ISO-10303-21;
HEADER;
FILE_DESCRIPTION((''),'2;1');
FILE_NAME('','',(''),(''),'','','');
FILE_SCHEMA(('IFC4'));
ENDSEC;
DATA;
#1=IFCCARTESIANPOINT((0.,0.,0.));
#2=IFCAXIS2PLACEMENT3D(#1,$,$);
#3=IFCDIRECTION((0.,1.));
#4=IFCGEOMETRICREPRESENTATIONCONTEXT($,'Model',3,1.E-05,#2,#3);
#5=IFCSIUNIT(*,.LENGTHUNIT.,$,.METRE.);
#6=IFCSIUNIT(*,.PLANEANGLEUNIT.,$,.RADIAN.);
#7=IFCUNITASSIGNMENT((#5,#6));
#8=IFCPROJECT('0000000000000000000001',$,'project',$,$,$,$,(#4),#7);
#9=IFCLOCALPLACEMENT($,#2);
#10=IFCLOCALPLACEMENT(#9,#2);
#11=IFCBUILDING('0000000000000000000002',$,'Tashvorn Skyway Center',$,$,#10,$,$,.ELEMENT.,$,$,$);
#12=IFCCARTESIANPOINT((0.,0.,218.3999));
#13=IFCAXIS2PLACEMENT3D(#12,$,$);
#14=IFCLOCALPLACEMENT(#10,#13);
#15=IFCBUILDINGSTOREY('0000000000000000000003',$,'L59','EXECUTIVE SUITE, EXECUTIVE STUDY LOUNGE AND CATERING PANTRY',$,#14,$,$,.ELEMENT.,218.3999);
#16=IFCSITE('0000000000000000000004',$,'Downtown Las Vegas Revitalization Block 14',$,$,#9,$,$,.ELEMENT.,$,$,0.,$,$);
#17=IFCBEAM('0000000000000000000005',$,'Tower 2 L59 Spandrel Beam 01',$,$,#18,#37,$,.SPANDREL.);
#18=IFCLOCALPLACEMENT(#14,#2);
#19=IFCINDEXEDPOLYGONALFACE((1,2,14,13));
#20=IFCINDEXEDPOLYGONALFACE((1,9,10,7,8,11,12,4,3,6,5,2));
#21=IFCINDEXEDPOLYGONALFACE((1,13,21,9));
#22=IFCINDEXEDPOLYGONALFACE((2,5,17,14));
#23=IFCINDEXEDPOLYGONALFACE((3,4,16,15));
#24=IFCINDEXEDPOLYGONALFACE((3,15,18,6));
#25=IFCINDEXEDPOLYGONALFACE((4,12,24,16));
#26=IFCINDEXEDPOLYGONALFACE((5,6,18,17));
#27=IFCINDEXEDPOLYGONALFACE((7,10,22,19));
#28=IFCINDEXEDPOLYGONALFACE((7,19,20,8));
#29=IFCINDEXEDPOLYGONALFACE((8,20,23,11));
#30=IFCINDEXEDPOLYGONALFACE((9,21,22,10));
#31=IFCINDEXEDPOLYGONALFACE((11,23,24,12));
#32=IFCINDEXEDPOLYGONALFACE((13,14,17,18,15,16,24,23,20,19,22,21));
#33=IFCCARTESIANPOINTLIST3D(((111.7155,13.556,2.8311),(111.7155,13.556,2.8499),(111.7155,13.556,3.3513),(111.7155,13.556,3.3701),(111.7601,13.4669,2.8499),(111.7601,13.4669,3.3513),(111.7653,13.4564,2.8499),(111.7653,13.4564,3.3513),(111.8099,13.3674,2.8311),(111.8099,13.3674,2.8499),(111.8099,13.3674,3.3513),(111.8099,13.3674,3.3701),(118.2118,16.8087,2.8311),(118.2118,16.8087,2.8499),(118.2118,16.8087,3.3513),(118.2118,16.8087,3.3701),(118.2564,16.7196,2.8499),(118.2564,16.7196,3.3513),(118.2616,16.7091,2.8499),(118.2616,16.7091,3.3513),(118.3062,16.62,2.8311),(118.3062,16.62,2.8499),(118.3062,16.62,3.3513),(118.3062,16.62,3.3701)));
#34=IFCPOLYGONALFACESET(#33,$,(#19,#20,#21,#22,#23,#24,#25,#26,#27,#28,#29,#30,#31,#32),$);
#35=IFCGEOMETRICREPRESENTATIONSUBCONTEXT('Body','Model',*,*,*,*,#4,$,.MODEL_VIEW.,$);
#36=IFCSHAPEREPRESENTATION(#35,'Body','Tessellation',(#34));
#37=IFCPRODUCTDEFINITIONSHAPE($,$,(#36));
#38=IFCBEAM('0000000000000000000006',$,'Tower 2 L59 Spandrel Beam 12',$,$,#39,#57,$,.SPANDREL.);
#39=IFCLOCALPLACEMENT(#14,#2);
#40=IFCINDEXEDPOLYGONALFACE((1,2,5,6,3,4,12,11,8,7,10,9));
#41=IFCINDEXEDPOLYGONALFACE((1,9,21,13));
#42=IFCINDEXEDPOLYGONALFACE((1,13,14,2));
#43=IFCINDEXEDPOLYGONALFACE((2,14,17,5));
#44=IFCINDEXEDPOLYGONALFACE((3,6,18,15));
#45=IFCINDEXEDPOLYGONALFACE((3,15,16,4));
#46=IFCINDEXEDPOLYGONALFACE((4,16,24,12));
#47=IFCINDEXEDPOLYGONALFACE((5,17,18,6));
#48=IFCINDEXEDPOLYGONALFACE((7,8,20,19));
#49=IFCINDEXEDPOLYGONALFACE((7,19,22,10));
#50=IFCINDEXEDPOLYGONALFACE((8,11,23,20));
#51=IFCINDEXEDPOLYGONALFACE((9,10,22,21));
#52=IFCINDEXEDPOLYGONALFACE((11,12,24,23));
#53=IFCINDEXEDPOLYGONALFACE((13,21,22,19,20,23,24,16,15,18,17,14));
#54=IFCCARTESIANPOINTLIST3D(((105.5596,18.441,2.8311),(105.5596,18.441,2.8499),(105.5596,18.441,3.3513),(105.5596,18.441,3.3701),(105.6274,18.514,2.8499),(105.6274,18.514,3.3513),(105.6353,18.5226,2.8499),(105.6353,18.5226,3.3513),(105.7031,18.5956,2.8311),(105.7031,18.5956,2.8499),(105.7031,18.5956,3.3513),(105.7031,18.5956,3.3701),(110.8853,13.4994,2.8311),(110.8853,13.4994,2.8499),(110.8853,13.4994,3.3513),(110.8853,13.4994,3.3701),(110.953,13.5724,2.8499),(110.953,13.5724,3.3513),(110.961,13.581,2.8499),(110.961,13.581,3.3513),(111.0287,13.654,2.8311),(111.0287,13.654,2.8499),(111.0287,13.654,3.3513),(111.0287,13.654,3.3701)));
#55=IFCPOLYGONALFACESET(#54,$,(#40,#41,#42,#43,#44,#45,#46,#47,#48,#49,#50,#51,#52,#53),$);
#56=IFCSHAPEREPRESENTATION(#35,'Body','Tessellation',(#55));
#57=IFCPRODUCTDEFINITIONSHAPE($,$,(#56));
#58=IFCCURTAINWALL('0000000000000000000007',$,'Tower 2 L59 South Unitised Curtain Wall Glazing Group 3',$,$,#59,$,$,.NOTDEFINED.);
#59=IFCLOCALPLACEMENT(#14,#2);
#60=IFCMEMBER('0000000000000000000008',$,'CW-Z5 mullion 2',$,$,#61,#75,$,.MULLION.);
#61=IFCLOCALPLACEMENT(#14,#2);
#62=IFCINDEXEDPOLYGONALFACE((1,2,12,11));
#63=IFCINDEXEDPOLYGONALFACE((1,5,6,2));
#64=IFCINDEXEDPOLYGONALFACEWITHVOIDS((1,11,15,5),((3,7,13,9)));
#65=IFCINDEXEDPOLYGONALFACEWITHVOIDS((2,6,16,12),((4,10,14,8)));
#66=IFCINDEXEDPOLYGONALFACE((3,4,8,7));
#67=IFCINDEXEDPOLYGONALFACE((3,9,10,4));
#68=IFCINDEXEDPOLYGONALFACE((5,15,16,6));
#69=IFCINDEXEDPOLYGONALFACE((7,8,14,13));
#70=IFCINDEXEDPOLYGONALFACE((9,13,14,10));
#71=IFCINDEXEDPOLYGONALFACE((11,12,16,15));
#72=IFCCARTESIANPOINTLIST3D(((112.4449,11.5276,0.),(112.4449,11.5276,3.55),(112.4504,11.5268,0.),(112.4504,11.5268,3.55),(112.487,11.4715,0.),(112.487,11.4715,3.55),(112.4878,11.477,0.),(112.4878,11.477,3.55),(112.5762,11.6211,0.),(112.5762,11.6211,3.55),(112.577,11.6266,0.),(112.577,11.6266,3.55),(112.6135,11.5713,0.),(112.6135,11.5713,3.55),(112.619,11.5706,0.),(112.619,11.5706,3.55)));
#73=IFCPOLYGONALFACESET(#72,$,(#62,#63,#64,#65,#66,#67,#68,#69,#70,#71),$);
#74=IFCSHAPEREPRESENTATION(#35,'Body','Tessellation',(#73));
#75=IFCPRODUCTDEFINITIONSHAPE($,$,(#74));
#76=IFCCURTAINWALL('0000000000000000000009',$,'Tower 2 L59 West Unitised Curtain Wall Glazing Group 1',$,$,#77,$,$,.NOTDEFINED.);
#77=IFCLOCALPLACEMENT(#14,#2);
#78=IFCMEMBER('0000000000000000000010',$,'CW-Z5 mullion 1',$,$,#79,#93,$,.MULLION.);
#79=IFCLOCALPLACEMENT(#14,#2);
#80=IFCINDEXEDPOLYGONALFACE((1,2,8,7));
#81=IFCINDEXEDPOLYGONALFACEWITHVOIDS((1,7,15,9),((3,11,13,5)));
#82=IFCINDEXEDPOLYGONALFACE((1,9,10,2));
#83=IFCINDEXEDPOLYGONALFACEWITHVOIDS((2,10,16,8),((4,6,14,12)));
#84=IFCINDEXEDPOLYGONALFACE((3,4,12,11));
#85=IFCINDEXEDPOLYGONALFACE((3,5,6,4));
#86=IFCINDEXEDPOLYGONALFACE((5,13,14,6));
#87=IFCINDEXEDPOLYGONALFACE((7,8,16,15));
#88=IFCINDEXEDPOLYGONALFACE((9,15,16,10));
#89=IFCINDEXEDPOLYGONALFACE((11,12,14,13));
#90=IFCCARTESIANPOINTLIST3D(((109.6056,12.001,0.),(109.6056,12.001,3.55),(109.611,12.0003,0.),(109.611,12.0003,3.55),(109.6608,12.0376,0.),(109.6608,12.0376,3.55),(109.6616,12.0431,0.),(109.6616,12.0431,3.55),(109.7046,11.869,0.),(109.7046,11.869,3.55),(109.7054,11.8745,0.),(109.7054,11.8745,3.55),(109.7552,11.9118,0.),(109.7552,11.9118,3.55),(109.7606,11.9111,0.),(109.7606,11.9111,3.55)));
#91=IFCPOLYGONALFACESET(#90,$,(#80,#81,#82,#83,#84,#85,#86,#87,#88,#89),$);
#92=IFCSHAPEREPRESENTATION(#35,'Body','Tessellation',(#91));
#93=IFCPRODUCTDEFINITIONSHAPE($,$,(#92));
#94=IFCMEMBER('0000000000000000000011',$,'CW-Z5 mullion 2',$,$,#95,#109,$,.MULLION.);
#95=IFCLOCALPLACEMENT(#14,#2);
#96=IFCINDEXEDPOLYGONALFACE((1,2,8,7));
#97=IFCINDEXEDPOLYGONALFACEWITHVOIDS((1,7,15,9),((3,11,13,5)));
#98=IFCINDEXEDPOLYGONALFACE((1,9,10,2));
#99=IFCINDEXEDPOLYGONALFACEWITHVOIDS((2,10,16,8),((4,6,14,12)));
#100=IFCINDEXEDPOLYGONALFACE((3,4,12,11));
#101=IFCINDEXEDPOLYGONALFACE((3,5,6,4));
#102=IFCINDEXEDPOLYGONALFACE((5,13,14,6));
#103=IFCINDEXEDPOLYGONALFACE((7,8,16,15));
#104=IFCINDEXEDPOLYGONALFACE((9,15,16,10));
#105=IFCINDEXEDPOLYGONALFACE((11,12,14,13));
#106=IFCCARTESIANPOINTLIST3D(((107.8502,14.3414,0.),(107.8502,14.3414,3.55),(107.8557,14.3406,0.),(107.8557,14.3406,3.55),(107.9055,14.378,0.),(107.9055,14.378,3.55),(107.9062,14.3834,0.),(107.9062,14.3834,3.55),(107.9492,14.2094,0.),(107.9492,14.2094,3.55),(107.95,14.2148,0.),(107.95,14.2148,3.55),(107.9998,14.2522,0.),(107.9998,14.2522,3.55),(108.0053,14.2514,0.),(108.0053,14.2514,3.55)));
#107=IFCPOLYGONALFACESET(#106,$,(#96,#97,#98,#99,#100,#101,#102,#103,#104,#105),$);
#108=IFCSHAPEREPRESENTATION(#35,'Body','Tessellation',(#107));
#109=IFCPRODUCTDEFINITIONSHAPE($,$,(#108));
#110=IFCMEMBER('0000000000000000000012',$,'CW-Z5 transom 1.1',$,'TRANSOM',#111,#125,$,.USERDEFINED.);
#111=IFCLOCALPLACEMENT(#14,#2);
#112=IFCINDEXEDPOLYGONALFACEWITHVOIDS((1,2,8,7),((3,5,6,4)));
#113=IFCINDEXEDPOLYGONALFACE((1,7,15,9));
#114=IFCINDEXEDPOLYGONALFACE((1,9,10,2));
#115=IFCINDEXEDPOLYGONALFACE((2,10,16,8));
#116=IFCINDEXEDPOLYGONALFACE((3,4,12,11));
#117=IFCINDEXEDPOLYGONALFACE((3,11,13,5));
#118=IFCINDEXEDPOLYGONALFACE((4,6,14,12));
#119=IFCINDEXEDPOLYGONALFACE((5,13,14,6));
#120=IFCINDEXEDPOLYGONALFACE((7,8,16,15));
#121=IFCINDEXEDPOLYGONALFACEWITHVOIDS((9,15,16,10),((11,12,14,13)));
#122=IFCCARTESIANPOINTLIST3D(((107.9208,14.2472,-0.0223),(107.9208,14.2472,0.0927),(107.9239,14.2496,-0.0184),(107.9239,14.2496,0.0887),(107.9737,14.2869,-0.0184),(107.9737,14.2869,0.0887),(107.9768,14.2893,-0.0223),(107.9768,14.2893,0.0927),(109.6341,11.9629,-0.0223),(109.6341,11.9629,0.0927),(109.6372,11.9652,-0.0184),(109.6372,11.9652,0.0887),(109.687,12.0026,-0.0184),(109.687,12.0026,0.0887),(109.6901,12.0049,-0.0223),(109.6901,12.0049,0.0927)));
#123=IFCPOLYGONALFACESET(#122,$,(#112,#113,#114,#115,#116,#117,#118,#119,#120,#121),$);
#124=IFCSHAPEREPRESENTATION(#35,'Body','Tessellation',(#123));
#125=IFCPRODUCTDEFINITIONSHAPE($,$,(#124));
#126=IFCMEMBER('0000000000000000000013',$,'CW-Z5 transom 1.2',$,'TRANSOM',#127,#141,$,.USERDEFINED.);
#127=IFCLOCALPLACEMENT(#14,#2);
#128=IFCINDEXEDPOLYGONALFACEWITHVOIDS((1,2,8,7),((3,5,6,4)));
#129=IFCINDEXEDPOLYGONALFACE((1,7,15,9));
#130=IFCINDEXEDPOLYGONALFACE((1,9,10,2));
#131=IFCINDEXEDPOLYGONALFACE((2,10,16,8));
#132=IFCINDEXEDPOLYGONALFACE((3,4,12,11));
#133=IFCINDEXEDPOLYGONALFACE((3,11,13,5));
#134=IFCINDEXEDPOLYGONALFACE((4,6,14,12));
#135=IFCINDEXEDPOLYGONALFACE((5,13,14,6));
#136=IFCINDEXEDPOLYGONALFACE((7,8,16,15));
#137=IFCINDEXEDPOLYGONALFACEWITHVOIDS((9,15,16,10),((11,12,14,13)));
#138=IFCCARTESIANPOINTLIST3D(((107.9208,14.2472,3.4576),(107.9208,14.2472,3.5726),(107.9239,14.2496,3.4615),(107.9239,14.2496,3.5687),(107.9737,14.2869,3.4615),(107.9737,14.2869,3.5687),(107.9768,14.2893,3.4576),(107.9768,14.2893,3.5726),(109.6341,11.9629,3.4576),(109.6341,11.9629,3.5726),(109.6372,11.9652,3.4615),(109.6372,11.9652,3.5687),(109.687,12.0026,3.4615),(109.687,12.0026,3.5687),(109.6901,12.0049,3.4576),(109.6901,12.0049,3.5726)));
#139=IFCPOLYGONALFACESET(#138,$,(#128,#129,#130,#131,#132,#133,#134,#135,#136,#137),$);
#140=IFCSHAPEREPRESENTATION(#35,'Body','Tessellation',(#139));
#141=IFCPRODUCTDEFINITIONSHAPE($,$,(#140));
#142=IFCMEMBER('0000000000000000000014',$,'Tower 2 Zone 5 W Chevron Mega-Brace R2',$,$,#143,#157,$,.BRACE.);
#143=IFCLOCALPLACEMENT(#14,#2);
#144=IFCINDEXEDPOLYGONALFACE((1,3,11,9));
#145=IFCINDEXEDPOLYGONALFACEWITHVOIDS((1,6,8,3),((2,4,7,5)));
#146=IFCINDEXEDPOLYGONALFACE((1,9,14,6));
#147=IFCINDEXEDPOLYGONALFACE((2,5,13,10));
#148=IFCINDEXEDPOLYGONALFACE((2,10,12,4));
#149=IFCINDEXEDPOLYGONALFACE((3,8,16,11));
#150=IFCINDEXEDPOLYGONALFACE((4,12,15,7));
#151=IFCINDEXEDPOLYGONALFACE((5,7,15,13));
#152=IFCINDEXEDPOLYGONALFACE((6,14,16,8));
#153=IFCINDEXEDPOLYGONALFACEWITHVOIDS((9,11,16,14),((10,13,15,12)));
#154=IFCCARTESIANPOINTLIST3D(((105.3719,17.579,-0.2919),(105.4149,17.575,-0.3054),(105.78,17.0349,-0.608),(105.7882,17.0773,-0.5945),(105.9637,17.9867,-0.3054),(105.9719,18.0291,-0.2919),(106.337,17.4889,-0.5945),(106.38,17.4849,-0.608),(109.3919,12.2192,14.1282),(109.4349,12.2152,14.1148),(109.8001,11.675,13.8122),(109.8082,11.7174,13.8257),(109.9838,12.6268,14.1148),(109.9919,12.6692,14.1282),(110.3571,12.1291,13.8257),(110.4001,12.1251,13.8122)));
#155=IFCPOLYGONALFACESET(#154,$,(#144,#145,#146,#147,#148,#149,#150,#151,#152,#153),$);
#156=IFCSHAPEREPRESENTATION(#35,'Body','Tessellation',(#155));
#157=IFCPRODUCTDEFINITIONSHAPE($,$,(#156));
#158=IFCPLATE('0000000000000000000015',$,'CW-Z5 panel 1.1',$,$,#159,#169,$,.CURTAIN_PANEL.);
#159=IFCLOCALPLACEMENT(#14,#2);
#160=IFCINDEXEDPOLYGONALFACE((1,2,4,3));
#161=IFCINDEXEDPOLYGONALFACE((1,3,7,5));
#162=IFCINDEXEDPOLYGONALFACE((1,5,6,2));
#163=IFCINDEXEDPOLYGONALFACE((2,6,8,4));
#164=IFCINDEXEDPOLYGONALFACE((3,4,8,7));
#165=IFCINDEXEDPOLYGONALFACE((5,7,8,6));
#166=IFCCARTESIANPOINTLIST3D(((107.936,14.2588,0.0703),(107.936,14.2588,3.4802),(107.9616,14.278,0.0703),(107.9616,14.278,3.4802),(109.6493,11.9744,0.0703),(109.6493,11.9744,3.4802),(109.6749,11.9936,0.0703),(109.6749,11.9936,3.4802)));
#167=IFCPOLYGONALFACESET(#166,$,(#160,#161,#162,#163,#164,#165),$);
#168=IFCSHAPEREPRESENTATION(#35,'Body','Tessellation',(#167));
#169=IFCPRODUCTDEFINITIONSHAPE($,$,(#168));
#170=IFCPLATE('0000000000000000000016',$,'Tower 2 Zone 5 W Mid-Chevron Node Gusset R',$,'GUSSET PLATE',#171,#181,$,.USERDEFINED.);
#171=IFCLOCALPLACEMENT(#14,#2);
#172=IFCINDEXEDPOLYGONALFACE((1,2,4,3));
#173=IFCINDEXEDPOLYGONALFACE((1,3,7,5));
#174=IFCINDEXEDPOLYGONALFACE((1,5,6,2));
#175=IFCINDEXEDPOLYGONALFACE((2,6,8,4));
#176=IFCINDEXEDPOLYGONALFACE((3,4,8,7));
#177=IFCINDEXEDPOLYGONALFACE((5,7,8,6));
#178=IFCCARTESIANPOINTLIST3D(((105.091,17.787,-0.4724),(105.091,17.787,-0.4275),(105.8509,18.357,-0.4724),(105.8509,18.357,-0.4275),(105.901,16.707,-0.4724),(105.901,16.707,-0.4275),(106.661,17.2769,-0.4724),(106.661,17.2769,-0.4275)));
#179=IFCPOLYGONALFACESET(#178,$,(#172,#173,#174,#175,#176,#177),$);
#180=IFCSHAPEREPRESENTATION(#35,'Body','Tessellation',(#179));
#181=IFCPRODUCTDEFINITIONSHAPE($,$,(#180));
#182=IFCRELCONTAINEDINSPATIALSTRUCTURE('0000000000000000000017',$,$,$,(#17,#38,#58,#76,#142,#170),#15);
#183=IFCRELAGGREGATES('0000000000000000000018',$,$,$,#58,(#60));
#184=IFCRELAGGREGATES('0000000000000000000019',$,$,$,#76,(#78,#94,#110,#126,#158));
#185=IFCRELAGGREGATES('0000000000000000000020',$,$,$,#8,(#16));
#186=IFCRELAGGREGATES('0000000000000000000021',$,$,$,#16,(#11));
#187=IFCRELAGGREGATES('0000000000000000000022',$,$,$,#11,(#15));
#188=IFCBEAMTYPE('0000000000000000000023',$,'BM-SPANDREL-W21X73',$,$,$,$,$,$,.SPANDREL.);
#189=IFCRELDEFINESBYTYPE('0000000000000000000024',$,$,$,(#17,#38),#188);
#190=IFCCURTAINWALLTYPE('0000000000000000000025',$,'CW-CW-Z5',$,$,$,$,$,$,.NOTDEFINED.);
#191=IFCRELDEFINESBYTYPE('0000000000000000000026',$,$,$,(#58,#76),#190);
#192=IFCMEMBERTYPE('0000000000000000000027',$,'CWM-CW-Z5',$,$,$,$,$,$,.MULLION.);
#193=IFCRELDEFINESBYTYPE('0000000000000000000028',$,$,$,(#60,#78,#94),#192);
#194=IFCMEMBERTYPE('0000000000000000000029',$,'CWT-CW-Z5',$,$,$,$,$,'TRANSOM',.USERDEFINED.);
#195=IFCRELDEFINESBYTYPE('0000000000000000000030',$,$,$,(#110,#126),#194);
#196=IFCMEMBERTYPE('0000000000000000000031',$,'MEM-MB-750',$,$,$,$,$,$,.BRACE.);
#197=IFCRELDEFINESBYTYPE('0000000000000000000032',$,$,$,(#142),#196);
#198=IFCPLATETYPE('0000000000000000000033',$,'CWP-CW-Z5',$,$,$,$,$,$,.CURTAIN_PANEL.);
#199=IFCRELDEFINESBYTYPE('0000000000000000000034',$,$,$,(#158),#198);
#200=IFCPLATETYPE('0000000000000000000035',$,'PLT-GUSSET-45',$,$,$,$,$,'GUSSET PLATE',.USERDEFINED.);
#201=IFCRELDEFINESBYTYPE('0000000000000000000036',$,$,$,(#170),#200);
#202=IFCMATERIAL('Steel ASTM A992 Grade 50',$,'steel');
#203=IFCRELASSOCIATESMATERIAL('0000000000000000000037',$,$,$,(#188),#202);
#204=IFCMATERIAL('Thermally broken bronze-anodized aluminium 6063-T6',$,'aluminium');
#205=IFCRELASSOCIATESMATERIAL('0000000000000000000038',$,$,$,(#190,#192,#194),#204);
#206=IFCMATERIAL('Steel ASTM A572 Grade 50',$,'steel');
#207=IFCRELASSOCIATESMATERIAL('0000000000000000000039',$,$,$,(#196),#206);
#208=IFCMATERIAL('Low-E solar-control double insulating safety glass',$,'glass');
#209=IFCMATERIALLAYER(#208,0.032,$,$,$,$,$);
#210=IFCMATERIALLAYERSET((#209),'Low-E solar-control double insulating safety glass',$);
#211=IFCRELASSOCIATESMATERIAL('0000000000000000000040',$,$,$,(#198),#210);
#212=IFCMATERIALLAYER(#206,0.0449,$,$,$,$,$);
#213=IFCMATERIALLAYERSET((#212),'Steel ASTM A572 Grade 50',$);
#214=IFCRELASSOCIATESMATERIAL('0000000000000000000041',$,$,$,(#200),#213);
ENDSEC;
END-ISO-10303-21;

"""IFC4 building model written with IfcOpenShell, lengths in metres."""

from ifc_helpers import new_model, si_unit, direction, frame, origin, origin_2d, place, context, subcontext, project, spatial, rectangle, hollow_rectangle, i_section, extrude, material, layer, layer_set, material_profile, profile_set, type_object, element, aggregate, save


model = new_model("IFC4")

# Units and contexts
model_context = context("Model", 3, precision=1e-05, world=origin(), true_north=direction((0.0, 1.0)))
body_context = subcontext(model_context, "Body", "Model", "MODEL_VIEW")
ifc_project = project(units=[si_unit("LENGTHUNIT", "METRE"), si_unit("PLANEANGLEUNIT", "RADIAN")], contexts=[model_context])

# Site, building, storey
site_placement = place(None, origin())
site = spatial("IfcSite", under=ifc_project, at=site_placement, Name="Downtown Las Vegas Revitalization Block 14", CompositionType="ELEMENT", RefElevation=0.0)
building_placement = place(site_placement, origin())
building = spatial("IfcBuilding", under=site, at=building_placement, Name="Tashvorn Skyway Center", CompositionType="ELEMENT")
storey_placement = place(building_placement, frame((0.0, 0.0, 218.3999)))
storey = spatial("IfcBuildingStorey", under=building, at=storey_placement, Name="L59", Description="EXECUTIVE SUITE, EXECUTIVE STUDY LOUNGE AND CATERING PANTRY", CompositionType="ELEMENT", Elevation=218.3999)

# Shared definitions
ifc_material_1 = material(Name="Steel ASTM A572 Grade 50", Category="steel")

# Beams
ifc_material_2 = material(Name="Steel ASTM A992 Grade 50", Category="steel")
ifc_material_profile_1 = material_profile(ifc_material_2, i_section(OverallWidth=0.2109, OverallDepth=0.5391, WebThickness=0.0117, FlangeThickness=0.0188, at=origin_2d()), Name="W21X73")
ifc_profile_set_1 = profile_set([ifc_material_profile_1], Name="Steel ASTM A992 Grade 50")
beam_type_1 = type_object("IfcBeamType", Name="BM-SPANDREL-W21X73", PredefinedType="SPANDREL", material=ifc_profile_set_1)
for number, where, z_axis, x_axis, name in (
    (1, (111.7627, 13.4617, 3.1006), (0.894178, 0.447711, 0.0), (-0.447711, 0.894178, 0.0), "Tower 2 L59 Spandrel Beam 01"),
    (2, (105.6313, 18.5183, 3.1006), (0.733042, -0.680183, 0.0), (0.680183, 0.733042, 0.0), "Tower 2 L59 Spandrel Beam 12"),
):
    element("IfcBeam", number, at=place(storey_placement, frame(where, z_axis=z_axis, x_axis=x_axis)), inside=storey, type_object=beam_type_1, Name=name, PredefinedType="SPANDREL", context=body_context, shape_type="SweptSolid", body=[
        extrude(i_section(OverallWidth=0.2109, OverallDepth=0.5391, WebThickness=0.0117, FlangeThickness=0.0188, at=origin_2d()), origin(), (0.0, 0.0, 1.0), 7.2651),
    ])

# Curtain wall, member
ifc_material_3 = material(Name="Thermally broken bronze-anodized aluminium 6063-T6", Category="aluminium")
curtain_wall_type = type_object("IfcCurtainWallType", Name="CW-CW-Z5", PredefinedType="NOTDEFINED", material=ifc_material_3)
curtain_wall_1_placement = place(storey_placement, origin())
curtain_wall_1 = element("IfcCurtainWall", 3, at=curtain_wall_1_placement, inside=storey, type_object=curtain_wall_type, Name="Tower 2 L59 South Unitised Curtain Wall Glazing Group 3", PredefinedType="NOTDEFINED")
ifc_material_profile_2 = material_profile(ifc_material_3, hollow_rectangle(XDim=0.0701, YDim=0.165, WallThickness=0.0039, at=origin_2d()), Name="ALU-MULL-70x165")
ifc_profile_set_2 = profile_set([ifc_material_profile_2], Name="Thermally broken bronze-anodized aluminium 6063-T6")
member_type_1 = type_object("IfcMemberType", Name="CWM-CW-Z5", PredefinedType="MULLION", material=ifc_profile_set_2)
member_1_placement = place(storey_placement, frame((112.532, 11.5491, 0.0), z_axis=(0.0, 0.0, 1.0), x_axis=(0.6, -0.8, 0.0)))
member_1 = element("IfcMember", 4, at=member_1_placement, type_object=member_type_1, Name="CW-Z5 mullion 2", PredefinedType="MULLION", context=body_context, shape_type="SweptSolid", body=[
    extrude(hollow_rectangle(XDim=0.0701, YDim=0.165, WallThickness=0.0039, at=origin_2d()), origin(), (0.0, 0.0, 1.0), 3.55),
])
aggregate(curtain_wall_1, [member_1])

# Curtain wall, members
curtain_wall_2_placement = place(storey_placement, origin())
curtain_wall_2 = element("IfcCurtainWall", 5, at=curtain_wall_2_placement, inside=storey, type_object=curtain_wall_type, Name="Tower 2 L59 West Unitised Curtain Wall Glazing Group 1", PredefinedType="NOTDEFINED")
member_2_placement = place(storey_placement, frame((109.6831, 11.9561, 0.0), z_axis=(0.0, 0.0, 1.0), x_axis=(-0.8, -0.6, 0.0)))
member_2 = element("IfcMember", 6, at=member_2_placement, type_object=member_type_1, Name="CW-Z5 mullion 1", PredefinedType="MULLION", context=body_context, shape_type="SweptSolid", body=[
    extrude(hollow_rectangle(XDim=0.0701, YDim=0.165, WallThickness=0.0039, at=origin_2d()), origin(), (0.0, 0.0, 1.0), 3.55),
])
member_3_placement = place(storey_placement, frame((107.9277, 14.2964, 0.0), z_axis=(0.0, 0.0, 1.0), x_axis=(-0.8, -0.6, 0.0)))
member_3 = element("IfcMember", 7, at=member_3_placement, type_object=member_type_1, Name="CW-Z5 mullion 2", PredefinedType="MULLION", context=body_context, shape_type="SweptSolid", body=[
    extrude(hollow_rectangle(XDim=0.0701, YDim=0.165, WallThickness=0.0039, at=origin_2d()), origin(), (0.0, 0.0, 1.0), 3.55),
])
ifc_material_profile_3 = material_profile(ifc_material_3, hollow_rectangle(XDim=0.0701, YDim=0.115, WallThickness=0.0039, at=origin_2d()), Name="ALU-TRAN-70x115")
ifc_profile_set_3 = profile_set([ifc_material_profile_3], Name="Thermally broken bronze-anodized aluminium 6063-T6")
member_type_2 = type_object("IfcMemberType", Name="CWT-CW-Z5", ElementType="TRANSOM", PredefinedType="USERDEFINED", material=ifc_profile_set_3)
member_4_placement = place(storey_placement, frame((109.6621, 11.9839, 0.0352), z_axis=(-0.600014, 0.79999, 0.0), x_axis=(-0.79999, -0.600014, 0.0)))
member_4 = element("IfcMember", 8, at=member_4_placement, type_object=member_type_2, Name="CW-Z5 transom 1.1", ObjectType="TRANSOM", PredefinedType="USERDEFINED", context=body_context, shape_type="SweptSolid", body=[
    extrude(hollow_rectangle(XDim=0.0701, YDim=0.115, WallThickness=0.0039, at=origin_2d()), origin(), (0.0, 0.0, 1.0), 2.8555),
])
member_5_placement = place(storey_placement, frame((109.6621, 11.9839, 3.5151), z_axis=(-0.600014, 0.79999, 0.0), x_axis=(-0.79999, -0.600014, 0.0)))
member_5 = element("IfcMember", 9, at=member_5_placement, type_object=member_type_2, Name="CW-Z5 transom 1.2", ObjectType="TRANSOM", PredefinedType="USERDEFINED", context=body_context, shape_type="SweptSolid", body=[
    extrude(hollow_rectangle(XDim=0.0701, YDim=0.115, WallThickness=0.0039, at=origin_2d()), origin(), (0.0, 0.0, 1.0), 2.8555),
])

# Member
ifc_material_profile_4 = material_profile(ifc_material_1, hollow_rectangle(XDim=0.75, YDim=0.75, WallThickness=0.032, at=origin_2d()), Name="BOX750x750x32")
ifc_profile_set_4 = profile_set([ifc_material_profile_4], Name="Steel ASTM A572 Grade 50")
member_type_3 = type_object("IfcMemberType", Name="MEM-MB-750", PredefinedType="BRACE", material=ifc_profile_set_4)
member_6_placement = place(storey_placement, frame((105.876, 17.532, -0.45), z_axis=(0.252821, -0.337085, 0.906893), x_axis=(0.799991, 0.600012, 0.0)))
element("IfcMember", 10, at=member_6_placement, inside=storey, type_object=member_type_3, Name="Tower 2 Zone 5 W Chevron Mega-Brace R2", PredefinedType="BRACE", context=body_context, shape_type="SweptSolid", body=[
    extrude(hollow_rectangle(XDim=0.75, YDim=0.75, WallThickness=0.032, at=origin_2d()), origin(), (0.0, 0.0, 1.0), 15.9006),
])

# Plates
ifc_material_4 = material(Name="Low-E solar-control double insulating safety glass", Category="glass")
ifc_layer_1 = layer(ifc_material_4, 0.032)
ifc_layer_set_1 = layer_set([ifc_layer_1], Name="Low-E solar-control double insulating safety glass")
plate_type_1 = type_object("IfcPlateType", Name="CWP-CW-Z5", PredefinedType="CURTAIN_PANEL", material=ifc_layer_set_1)
plate_1_placement = place(storey_placement, frame((108.8054, 13.1262, 0.0703), z_axis=(0.0, 0.0, 1.0), x_axis=(-0.6, 0.8, 0.0)))
plate_1 = element("IfcPlate", 11, at=plate_1_placement, type_object=plate_type_1, Name="CW-Z5 panel 1.1", PredefinedType="CURTAIN_PANEL", context=body_context, shape_type="SweptSolid", body=[
    extrude(rectangle(XDim=2.8555, YDim=0.032, at=origin_2d()), origin(), (0.0, 0.0, 1.0), 3.4099),
])
aggregate(curtain_wall_2, [member_2, member_3, member_4, member_5, plate_1])
ifc_layer_2 = layer(ifc_material_1, 0.0449)
ifc_layer_set_2 = layer_set([ifc_layer_2], Name="Steel ASTM A572 Grade 50")
plate_type_2 = type_object("IfcPlateType", Name="PLT-GUSSET-45", ElementType="GUSSET PLATE", PredefinedType="USERDEFINED", material=ifc_layer_set_2)
plate_2_placement = place(storey_placement, frame((105.876, 17.532, -0.4724), z_axis=(0.0, 0.0, 1.0), x_axis=(0.6, -0.8, 0.0)))
element("IfcPlate", 12, at=plate_2_placement, inside=storey, type_object=plate_type_2, Name="Tower 2 Zone 5 W Mid-Chevron Node Gusset R", ObjectType="GUSSET PLATE", PredefinedType="USERDEFINED", context=body_context, shape_type="SweptSolid", body=[
    extrude(rectangle(XDim=1.3501, YDim=0.95, at=origin_2d()), origin(), (0.0, 0.0, 1.0), 0.0449),
])

save(model, "model.ifc")
